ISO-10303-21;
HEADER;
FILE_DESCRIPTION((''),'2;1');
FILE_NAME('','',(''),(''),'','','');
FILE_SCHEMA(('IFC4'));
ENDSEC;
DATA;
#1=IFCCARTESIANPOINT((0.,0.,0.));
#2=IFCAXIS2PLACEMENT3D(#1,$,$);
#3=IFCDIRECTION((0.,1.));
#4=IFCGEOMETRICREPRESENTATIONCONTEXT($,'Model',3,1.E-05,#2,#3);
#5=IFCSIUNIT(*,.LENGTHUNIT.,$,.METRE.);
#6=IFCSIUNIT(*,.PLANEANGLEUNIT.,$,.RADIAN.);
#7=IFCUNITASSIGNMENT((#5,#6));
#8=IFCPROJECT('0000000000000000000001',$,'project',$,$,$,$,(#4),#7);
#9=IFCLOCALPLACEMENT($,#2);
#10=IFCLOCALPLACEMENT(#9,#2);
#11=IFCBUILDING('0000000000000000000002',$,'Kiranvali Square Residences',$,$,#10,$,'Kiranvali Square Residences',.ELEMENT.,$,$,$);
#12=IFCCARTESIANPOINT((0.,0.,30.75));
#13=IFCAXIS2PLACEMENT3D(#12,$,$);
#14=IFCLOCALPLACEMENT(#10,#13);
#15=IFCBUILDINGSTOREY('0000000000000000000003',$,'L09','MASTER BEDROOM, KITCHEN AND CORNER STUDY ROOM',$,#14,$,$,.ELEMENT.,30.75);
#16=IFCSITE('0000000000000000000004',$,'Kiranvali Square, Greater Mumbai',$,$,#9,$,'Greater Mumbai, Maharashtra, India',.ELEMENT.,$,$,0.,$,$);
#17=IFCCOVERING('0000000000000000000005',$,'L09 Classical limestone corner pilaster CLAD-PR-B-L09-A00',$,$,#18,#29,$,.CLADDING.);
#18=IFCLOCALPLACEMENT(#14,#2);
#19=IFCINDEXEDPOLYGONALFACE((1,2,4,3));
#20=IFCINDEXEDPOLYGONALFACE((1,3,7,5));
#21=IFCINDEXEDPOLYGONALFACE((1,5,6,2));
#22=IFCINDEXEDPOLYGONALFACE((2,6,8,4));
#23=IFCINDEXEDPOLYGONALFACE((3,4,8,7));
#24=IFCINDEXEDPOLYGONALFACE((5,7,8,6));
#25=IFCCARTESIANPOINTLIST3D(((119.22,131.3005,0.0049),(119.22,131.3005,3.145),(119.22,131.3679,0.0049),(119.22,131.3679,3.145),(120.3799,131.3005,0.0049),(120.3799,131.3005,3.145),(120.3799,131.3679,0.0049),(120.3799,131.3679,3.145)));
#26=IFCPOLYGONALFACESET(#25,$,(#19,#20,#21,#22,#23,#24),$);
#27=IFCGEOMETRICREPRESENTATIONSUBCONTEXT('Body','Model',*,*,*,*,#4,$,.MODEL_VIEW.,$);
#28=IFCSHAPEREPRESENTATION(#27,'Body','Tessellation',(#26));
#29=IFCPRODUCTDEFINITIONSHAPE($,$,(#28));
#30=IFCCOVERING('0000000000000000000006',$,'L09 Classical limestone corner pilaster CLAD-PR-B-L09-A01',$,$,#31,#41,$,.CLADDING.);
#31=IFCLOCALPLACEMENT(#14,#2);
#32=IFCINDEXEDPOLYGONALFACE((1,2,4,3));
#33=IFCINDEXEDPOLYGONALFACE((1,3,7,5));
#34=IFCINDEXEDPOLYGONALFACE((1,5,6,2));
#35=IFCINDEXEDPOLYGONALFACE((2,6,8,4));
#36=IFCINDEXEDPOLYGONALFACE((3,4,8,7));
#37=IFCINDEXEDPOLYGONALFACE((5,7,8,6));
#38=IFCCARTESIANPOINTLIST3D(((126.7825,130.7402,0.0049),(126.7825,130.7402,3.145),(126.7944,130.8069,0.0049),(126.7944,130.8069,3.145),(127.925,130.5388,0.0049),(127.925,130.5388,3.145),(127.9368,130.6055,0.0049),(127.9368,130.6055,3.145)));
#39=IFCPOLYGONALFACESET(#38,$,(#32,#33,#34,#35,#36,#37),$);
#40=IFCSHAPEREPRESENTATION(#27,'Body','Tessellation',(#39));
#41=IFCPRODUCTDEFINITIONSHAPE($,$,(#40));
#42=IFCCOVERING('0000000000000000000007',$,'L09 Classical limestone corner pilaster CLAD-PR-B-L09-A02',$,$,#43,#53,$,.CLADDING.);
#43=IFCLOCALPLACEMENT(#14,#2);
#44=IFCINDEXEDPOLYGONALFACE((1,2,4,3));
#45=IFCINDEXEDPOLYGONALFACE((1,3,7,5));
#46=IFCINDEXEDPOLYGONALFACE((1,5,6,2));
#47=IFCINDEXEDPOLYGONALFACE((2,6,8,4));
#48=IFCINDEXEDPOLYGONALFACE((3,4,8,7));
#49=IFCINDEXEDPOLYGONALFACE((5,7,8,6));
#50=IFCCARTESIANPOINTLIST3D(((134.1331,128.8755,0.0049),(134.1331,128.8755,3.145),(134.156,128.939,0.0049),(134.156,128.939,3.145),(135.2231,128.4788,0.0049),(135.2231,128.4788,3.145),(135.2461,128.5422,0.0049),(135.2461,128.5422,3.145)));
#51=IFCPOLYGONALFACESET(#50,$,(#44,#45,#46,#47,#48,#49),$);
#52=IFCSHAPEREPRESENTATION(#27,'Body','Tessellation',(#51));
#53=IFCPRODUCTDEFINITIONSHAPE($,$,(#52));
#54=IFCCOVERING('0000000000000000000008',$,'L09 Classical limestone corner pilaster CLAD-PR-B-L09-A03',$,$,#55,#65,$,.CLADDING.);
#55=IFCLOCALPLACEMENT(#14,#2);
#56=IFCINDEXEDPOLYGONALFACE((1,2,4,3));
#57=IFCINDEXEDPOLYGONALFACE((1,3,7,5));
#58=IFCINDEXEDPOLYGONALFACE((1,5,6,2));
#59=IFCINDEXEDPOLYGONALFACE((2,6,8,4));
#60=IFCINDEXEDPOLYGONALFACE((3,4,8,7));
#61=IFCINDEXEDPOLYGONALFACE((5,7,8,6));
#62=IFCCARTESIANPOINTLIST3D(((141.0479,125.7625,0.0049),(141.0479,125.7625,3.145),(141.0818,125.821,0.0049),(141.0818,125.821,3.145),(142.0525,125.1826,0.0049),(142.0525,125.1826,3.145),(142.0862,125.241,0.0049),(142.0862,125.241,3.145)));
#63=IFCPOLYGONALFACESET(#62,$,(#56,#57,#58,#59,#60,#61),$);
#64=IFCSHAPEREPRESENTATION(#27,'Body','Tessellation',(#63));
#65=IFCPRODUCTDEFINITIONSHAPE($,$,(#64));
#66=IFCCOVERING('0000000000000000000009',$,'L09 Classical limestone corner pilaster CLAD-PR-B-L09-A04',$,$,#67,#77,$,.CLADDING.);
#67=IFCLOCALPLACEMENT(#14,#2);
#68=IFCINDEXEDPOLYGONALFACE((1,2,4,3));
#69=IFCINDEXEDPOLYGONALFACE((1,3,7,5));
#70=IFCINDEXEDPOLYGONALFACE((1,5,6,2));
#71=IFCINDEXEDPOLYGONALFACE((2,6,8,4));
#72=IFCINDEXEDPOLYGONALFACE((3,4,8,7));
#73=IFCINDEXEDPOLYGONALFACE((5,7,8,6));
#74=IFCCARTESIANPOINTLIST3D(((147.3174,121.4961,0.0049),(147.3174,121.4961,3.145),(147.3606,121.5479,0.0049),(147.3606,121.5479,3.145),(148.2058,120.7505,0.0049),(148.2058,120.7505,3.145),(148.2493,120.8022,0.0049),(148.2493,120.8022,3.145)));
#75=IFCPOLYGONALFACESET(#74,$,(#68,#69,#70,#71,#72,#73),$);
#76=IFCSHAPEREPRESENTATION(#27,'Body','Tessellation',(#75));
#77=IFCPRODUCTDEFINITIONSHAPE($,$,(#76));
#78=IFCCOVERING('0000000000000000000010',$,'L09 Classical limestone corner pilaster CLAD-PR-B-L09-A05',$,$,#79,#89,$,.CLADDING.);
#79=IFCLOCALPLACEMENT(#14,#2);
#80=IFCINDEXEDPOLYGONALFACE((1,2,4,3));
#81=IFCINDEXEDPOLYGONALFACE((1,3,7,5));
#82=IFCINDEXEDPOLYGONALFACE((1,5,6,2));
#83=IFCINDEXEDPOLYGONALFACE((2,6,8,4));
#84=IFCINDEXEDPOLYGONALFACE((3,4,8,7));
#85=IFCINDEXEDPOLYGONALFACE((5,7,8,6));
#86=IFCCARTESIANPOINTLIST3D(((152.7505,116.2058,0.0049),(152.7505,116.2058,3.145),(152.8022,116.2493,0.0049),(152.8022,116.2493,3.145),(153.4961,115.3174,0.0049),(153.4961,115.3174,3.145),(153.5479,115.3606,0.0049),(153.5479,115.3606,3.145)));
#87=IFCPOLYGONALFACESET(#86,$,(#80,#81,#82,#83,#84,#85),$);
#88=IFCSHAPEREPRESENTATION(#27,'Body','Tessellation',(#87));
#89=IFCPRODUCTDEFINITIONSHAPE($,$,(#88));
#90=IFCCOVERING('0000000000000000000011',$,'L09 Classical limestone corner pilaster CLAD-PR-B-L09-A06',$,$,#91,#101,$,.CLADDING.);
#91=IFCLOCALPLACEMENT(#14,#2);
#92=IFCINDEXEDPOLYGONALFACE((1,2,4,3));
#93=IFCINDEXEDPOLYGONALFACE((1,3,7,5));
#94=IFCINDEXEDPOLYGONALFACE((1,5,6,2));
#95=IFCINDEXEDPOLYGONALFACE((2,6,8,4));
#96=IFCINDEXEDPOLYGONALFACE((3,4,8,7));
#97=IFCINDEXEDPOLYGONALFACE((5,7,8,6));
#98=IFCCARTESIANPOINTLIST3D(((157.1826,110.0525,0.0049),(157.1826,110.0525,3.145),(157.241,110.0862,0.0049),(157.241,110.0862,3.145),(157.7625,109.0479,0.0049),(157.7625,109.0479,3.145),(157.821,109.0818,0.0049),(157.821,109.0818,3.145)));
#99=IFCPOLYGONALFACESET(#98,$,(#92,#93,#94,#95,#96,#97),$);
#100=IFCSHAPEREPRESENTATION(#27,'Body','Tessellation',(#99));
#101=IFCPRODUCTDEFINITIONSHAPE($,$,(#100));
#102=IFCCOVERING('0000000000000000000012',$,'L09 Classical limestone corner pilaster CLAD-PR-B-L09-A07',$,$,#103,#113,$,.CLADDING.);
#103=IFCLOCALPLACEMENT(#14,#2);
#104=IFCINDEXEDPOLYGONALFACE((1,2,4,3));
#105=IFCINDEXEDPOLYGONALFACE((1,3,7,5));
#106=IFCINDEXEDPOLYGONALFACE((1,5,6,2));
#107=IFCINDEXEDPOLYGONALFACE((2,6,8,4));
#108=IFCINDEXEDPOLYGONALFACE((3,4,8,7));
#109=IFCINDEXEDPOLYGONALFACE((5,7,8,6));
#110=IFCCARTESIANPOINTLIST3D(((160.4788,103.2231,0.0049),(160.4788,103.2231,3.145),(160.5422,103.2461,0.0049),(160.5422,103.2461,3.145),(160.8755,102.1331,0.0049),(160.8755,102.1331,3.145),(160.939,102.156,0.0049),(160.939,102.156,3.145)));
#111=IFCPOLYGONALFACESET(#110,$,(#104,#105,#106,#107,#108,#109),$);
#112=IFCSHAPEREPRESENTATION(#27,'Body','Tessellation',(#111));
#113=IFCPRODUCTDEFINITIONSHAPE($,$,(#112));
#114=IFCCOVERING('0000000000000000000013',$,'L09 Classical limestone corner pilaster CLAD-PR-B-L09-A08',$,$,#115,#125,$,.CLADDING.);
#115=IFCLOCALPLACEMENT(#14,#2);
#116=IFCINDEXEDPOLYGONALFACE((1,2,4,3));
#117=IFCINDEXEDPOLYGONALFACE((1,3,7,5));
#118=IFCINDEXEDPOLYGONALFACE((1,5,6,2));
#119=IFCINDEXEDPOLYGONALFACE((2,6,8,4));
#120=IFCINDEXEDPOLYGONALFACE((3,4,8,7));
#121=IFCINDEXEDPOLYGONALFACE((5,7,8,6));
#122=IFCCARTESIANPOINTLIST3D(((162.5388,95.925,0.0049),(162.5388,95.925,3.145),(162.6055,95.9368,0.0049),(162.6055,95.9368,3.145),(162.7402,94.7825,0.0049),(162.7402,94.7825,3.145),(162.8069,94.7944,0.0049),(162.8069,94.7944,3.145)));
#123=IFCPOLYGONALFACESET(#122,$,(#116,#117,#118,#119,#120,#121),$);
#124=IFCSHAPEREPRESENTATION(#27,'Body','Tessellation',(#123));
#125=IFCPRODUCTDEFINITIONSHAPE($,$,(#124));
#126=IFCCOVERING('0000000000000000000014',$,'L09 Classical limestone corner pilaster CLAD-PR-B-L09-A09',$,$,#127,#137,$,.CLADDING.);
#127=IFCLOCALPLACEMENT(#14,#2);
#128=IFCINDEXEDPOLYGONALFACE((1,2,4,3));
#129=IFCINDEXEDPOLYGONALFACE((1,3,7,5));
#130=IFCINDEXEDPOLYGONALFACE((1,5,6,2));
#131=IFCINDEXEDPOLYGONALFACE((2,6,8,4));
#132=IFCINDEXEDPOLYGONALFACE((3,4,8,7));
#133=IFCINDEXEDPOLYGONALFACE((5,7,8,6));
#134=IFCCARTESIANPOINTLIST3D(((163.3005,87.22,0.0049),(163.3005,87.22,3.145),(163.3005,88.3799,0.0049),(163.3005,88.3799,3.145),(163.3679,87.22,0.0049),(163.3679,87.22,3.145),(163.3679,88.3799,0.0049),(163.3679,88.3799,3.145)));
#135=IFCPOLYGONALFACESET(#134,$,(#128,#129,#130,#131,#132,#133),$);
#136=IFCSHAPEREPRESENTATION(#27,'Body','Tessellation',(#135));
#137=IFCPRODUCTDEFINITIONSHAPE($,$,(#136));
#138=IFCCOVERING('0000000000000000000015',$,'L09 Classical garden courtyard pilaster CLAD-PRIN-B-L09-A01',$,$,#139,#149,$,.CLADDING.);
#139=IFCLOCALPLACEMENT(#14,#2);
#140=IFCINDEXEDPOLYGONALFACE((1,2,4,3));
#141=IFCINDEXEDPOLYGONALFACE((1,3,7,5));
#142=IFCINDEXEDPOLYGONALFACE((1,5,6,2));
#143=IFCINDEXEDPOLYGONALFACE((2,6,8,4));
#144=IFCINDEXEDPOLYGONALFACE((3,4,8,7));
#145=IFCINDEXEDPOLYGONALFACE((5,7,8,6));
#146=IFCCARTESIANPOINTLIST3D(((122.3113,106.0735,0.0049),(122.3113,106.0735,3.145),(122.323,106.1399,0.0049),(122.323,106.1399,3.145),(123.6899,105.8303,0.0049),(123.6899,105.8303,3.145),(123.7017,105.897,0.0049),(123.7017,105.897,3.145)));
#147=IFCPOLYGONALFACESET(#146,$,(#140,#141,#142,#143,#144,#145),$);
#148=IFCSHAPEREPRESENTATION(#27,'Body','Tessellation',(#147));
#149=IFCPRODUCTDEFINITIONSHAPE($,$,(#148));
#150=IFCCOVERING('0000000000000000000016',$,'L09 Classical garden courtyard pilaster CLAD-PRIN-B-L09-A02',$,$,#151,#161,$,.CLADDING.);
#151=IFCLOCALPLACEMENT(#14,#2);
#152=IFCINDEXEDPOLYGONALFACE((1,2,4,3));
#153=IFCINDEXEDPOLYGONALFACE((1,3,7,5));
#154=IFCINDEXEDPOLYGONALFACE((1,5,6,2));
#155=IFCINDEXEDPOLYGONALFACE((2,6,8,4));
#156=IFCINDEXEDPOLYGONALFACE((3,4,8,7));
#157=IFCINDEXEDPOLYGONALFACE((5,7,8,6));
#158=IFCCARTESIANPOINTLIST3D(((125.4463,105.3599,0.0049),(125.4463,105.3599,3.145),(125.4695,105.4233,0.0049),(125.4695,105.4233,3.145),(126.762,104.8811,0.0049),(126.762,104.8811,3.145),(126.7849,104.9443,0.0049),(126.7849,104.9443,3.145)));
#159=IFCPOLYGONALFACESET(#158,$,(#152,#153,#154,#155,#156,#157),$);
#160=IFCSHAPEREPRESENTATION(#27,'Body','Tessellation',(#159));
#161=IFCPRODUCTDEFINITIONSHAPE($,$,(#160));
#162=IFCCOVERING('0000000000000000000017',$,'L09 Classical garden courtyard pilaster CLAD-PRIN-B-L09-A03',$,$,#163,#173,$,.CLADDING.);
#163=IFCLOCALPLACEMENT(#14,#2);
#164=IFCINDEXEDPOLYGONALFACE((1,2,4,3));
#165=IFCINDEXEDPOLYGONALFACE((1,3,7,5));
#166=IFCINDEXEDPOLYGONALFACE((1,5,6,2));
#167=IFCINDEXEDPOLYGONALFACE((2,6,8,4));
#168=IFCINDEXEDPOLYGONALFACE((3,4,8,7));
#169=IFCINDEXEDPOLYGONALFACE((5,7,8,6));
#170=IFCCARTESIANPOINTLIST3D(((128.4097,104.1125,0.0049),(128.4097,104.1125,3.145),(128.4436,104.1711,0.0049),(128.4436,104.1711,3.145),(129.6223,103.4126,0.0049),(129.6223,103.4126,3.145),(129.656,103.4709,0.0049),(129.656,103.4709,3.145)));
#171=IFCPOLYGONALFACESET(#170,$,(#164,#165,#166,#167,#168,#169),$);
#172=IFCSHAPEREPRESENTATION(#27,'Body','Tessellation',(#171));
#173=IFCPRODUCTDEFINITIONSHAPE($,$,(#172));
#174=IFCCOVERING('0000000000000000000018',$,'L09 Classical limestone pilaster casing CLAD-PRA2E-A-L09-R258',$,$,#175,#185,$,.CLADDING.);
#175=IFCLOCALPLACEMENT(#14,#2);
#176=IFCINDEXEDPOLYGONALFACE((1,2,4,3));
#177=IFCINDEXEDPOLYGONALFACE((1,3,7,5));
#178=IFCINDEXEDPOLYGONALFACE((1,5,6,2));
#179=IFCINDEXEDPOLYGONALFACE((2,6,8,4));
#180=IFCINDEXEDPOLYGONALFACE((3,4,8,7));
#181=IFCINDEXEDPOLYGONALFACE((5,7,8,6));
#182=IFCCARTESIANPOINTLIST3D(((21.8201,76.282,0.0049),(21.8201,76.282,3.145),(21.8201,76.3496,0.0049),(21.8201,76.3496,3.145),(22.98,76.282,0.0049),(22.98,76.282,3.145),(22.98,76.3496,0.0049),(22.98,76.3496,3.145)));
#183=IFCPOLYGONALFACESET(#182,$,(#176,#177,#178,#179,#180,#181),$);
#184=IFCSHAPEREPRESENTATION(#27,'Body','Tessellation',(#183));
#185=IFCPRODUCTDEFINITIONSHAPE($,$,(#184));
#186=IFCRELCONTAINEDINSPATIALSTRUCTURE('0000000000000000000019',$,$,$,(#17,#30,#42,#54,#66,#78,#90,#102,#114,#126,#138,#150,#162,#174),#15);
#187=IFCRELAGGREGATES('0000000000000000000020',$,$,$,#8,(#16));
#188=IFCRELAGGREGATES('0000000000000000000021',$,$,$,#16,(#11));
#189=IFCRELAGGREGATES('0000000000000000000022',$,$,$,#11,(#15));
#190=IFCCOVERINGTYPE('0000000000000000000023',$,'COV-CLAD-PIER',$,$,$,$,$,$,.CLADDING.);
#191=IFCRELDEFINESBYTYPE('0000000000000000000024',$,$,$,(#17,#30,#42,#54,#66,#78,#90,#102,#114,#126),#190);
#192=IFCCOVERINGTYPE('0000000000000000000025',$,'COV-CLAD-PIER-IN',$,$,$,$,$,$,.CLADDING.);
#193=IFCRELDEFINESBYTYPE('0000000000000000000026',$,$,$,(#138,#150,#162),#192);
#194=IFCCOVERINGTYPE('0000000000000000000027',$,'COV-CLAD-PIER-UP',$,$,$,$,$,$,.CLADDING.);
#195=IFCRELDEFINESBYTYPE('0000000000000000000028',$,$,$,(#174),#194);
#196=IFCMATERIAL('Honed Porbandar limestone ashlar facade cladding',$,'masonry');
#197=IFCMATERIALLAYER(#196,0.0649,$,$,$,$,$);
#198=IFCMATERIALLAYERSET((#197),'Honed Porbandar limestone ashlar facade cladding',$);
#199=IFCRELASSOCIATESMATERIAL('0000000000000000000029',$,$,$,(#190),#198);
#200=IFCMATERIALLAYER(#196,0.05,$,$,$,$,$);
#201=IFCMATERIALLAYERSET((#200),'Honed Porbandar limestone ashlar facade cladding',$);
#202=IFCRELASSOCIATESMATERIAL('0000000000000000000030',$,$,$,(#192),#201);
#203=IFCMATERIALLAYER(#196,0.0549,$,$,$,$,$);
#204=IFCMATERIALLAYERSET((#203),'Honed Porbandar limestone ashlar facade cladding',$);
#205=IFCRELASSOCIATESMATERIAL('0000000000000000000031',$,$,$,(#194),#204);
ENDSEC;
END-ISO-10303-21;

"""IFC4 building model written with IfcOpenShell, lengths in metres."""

from ifc_helpers import new_model, si_unit, direction, frame, origin, place, context, subcontext, project, spatial, polyline, outline, extrude, material, layer, layer_set, type_object, element, save


model = new_model("IFC4")

# Units and contexts
model_context = context("Model", 3, precision=1e-05, world=origin(), true_north=direction((0.0, 1.0)))
body_context = subcontext(model_context, "Body", "Model", "MODEL_VIEW")
ifc_project = project(units=[si_unit("LENGTHUNIT", "METRE"), si_unit("PLANEANGLEUNIT", "RADIAN")], contexts=[model_context])

# Site, building, storey
site_placement = place(None, origin())
site = spatial("IfcSite", under=ifc_project, at=site_placement, Name="Kiranvali Square, Greater Mumbai", LongName="Greater Mumbai, Maharashtra, India", CompositionType="ELEMENT", RefElevation=0.0)
building_placement = place(site_placement, origin())
building = spatial("IfcBuilding", under=site, at=building_placement, Name="Kiranvali Square Residences", LongName="Kiranvali Square Residences", CompositionType="ELEMENT")
storey_placement = place(building_placement, frame((0.0, 0.0, 30.75)))
storey = spatial("IfcBuildingStorey", under=building, at=storey_placement, Name="L09", Description="MASTER BEDROOM, KITCHEN AND CORNER STUDY ROOM", CompositionType="ELEMENT", Elevation=30.75)

# Coverings
ifc_material = material(Name="Honed Porbandar limestone ashlar facade cladding", Category="masonry")
ifc_layer_1 = layer(ifc_material, 0.0649)
ifc_layer_set_1 = layer_set([ifc_layer_1], Name="Honed Porbandar limestone ashlar facade cladding")
covering_type_1 = type_object("IfcCoveringType", Name="COV-CLAD-PIER", PredefinedType="CLADDING", material=ifc_layer_set_1)
covering_1_placement = place(storey_placement, frame((0.0, 0.0, 0.0049)))
element("IfcCovering", 1, at=covering_1_placement, inside=storey, type_object=covering_type_1, Name="L09 Classical limestone corner pilaster CLAD-PR-B-L09-A00", PredefinedType="CLADDING", context=body_context, shape_type="SweptSolid", body=[
    extrude(outline(polyline([(120.3799, 131.3679), (119.22, 131.3679), (119.22, 131.3005), (120.3799, 131.3005), (120.3799, 131.3679)])), origin(), (0.0, 0.0, 1.0), 3.1401),
])
covering_2_placement = place(storey_placement, frame((0.0, 0.0, 0.0049)))
element("IfcCovering", 2, at=covering_2_placement, inside=storey, type_object=covering_type_1, Name="L09 Classical limestone corner pilaster CLAD-PR-B-L09-A01", PredefinedType="CLADDING", context=body_context, shape_type="SweptSolid", body=[
    extrude(outline(polyline([(127.9368, 130.6055), (126.7944, 130.8069), (126.7825, 130.7402), (127.925, 130.5388), (127.9368, 130.6055)])), origin(), (0.0, 0.0, 1.0), 3.1401),
])
covering_3_placement = place(storey_placement, frame((0.0, 0.0, 0.0049)))
element("IfcCovering", 3, at=covering_3_placement, inside=storey, type_object=covering_type_1, Name="L09 Classical limestone corner pilaster CLAD-PR-B-L09-A02", PredefinedType="CLADDING", context=body_context, shape_type="SweptSolid", body=[
    extrude(outline(polyline([(135.2461, 128.5422), (134.156, 128.939), (134.1331, 128.8755), (135.2231, 128.4788), (135.2461, 128.5422)])), origin(), (0.0, 0.0, 1.0), 3.1401),
])
covering_4_placement = place(storey_placement, frame((0.0, 0.0, 0.0049)))
element("IfcCovering", 4, at=covering_4_placement, inside=storey, type_object=covering_type_1, Name="L09 Classical limestone corner pilaster CLAD-PR-B-L09-A03", PredefinedType="CLADDING", context=body_context, shape_type="SweptSolid", body=[
    extrude(outline(polyline([(142.0862, 125.241), (141.0818, 125.821), (141.0479, 125.7625), (142.0525, 125.1826), (142.0862, 125.241)])), origin(), (0.0, 0.0, 1.0), 3.1401),
])
covering_5_placement = place(storey_placement, frame((0.0, 0.0, 0.0049)))
element("IfcCovering", 5, at=covering_5_placement, inside=storey, type_object=covering_type_1, Name="L09 Classical limestone corner pilaster CLAD-PR-B-L09-A04", PredefinedType="CLADDING", context=body_context, shape_type="SweptSolid", body=[
    extrude(outline(polyline([(148.2493, 120.8022), (147.3606, 121.5479), (147.3174, 121.4961), (148.2058, 120.7505), (148.2493, 120.8022)])), origin(), (0.0, 0.0, 1.0), 3.1401),
])
covering_6_placement = place(storey_placement, frame((0.0, 0.0, 0.0049)))
element("IfcCovering", 6, at=covering_6_placement, inside=storey, type_object=covering_type_1, Name="L09 Classical limestone corner pilaster CLAD-PR-B-L09-A05", PredefinedType="CLADDING", context=body_context, shape_type="SweptSolid", body=[
    extrude(outline(polyline([(153.5479, 115.3606), (152.8022, 116.2493), (152.7505, 116.2058), (153.4961, 115.3174), (153.5479, 115.3606)])), origin(), (0.0, 0.0, 1.0), 3.1401),
])
covering_7_placement = place(storey_placement, frame((0.0, 0.0, 0.0049)))
element("IfcCovering", 7, at=covering_7_placement, inside=storey, type_object=covering_type_1, Name="L09 Classical limestone corner pilaster CLAD-PR-B-L09-A06", PredefinedType="CLADDING", context=body_context, shape_type="SweptSolid", body=[
    extrude(outline(polyline([(157.821, 109.0818), (157.241, 110.0862), (157.1826, 110.0525), (157.7625, 109.0479), (157.821, 109.0818)])), origin(), (0.0, 0.0, 1.0), 3.1401),
])
covering_8_placement = place(storey_placement, frame((0.0, 0.0, 0.0049)))
element("IfcCovering", 8, at=covering_8_placement, inside=storey, type_object=covering_type_1, Name="L09 Classical limestone corner pilaster CLAD-PR-B-L09-A07", PredefinedType="CLADDING", context=body_context, shape_type="SweptSolid", body=[
    extrude(outline(polyline([(160.939, 102.156), (160.5422, 103.2461), (160.4788, 103.2231), (160.8755, 102.1331), (160.939, 102.156)])), origin(), (0.0, 0.0, 1.0), 3.1401),
])
covering_9_placement = place(storey_placement, frame((0.0, 0.0, 0.0049)))
element("IfcCovering", 9, at=covering_9_placement, inside=storey, type_object=covering_type_1, Name="L09 Classical limestone corner pilaster CLAD-PR-B-L09-A08", PredefinedType="CLADDING", context=body_context, shape_type="SweptSolid", body=[
    extrude(outline(polyline([(162.8069, 94.7944), (162.6055, 95.9368), (162.5388, 95.925), (162.7402, 94.7825), (162.8069, 94.7944)])), origin(), (0.0, 0.0, 1.0), 3.1401),
])
covering_10_placement = place(storey_placement, frame((0.0, 0.0, 0.0049)))
element("IfcCovering", 10, at=covering_10_placement, inside=storey, type_object=covering_type_1, Name="L09 Classical limestone corner pilaster CLAD-PR-B-L09-A09", PredefinedType="CLADDING", context=body_context, shape_type="SweptSolid", body=[
    extrude(outline(polyline([(163.3679, 87.22), (163.3679, 88.3799), (163.3005, 88.3799), (163.3005, 87.22), (163.3679, 87.22)])), origin(), (0.0, 0.0, 1.0), 3.1401),
])
ifc_layer_2 = layer(ifc_material, 0.05)
ifc_layer_set_2 = layer_set([ifc_layer_2], Name="Honed Porbandar limestone ashlar facade cladding")
covering_type_2 = type_object("IfcCoveringType", Name="COV-CLAD-PIER-IN", PredefinedType="CLADDING", material=ifc_layer_set_2)
covering_11_placement = place(storey_placement, frame((0.0, 0.0, 0.0049)))
element("IfcCovering", 11, at=covering_11_placement, inside=storey, type_object=covering_type_2, Name="L09 Classical garden courtyard pilaster CLAD-PRIN-B-L09-A01", PredefinedType="CLADDING", context=body_context, shape_type="SweptSolid", body=[
    extrude(outline(polyline([(122.3113, 106.0735), (123.6899, 105.8303), (123.7017, 105.897), (122.323, 106.1399), (122.3113, 106.0735)])), origin(), (0.0, 0.0, 1.0), 3.1401),
])
covering_12_placement = place(storey_placement, frame((0.0, 0.0, 0.0049)))
element("IfcCovering", 12, at=covering_12_placement, inside=storey, type_object=covering_type_2, Name="L09 Classical garden courtyard pilaster CLAD-PRIN-B-L09-A02", PredefinedType="CLADDING", context=body_context, shape_type="SweptSolid", body=[
    extrude(outline(polyline([(125.4463, 105.3599), (126.762, 104.8811), (126.7849, 104.9443), (125.4695, 105.4233), (125.4463, 105.3599)])), origin(), (0.0, 0.0, 1.0), 3.1401),
])
covering_13_placement = place(storey_placement, frame((0.0, 0.0, 0.0049)))
element("IfcCovering", 13, at=covering_13_placement, inside=storey, type_object=covering_type_2, Name="L09 Classical garden courtyard pilaster CLAD-PRIN-B-L09-A03", PredefinedType="CLADDING", context=body_context, shape_type="SweptSolid", body=[
    extrude(outline(polyline([(128.4097, 104.1125), (129.6223, 103.4126), (129.656, 103.4709), (128.4436, 104.1711), (128.4097, 104.1125)])), origin(), (0.0, 0.0, 1.0), 3.1401),
])
ifc_layer_3 = layer(ifc_material, 0.0549)
ifc_layer_set_3 = layer_set([ifc_layer_3], Name="Honed Porbandar limestone ashlar facade cladding")
covering_type_3 = type_object("IfcCoveringType", Name="COV-CLAD-PIER-UP", PredefinedType="CLADDING", material=ifc_layer_set_3)
covering_14_placement = place(storey_placement, frame((0.0, 0.0, 0.0049)))
element("IfcCovering", 14, at=covering_14_placement, inside=storey, type_object=covering_type_3, Name="L09 Classical limestone pilaster casing CLAD-PRA2E-A-L09-R258", PredefinedType="CLADDING", context=body_context, shape_type="SweptSolid", body=[
    extrude(outline(polyline([(22.98, 76.3496), (21.8201, 76.3496), (21.8201, 76.282), (22.98, 76.282), (22.98, 76.3496)])), origin(), (0.0, 0.0, 1.0), 3.1401),
])

save(model, "model.ifc")
